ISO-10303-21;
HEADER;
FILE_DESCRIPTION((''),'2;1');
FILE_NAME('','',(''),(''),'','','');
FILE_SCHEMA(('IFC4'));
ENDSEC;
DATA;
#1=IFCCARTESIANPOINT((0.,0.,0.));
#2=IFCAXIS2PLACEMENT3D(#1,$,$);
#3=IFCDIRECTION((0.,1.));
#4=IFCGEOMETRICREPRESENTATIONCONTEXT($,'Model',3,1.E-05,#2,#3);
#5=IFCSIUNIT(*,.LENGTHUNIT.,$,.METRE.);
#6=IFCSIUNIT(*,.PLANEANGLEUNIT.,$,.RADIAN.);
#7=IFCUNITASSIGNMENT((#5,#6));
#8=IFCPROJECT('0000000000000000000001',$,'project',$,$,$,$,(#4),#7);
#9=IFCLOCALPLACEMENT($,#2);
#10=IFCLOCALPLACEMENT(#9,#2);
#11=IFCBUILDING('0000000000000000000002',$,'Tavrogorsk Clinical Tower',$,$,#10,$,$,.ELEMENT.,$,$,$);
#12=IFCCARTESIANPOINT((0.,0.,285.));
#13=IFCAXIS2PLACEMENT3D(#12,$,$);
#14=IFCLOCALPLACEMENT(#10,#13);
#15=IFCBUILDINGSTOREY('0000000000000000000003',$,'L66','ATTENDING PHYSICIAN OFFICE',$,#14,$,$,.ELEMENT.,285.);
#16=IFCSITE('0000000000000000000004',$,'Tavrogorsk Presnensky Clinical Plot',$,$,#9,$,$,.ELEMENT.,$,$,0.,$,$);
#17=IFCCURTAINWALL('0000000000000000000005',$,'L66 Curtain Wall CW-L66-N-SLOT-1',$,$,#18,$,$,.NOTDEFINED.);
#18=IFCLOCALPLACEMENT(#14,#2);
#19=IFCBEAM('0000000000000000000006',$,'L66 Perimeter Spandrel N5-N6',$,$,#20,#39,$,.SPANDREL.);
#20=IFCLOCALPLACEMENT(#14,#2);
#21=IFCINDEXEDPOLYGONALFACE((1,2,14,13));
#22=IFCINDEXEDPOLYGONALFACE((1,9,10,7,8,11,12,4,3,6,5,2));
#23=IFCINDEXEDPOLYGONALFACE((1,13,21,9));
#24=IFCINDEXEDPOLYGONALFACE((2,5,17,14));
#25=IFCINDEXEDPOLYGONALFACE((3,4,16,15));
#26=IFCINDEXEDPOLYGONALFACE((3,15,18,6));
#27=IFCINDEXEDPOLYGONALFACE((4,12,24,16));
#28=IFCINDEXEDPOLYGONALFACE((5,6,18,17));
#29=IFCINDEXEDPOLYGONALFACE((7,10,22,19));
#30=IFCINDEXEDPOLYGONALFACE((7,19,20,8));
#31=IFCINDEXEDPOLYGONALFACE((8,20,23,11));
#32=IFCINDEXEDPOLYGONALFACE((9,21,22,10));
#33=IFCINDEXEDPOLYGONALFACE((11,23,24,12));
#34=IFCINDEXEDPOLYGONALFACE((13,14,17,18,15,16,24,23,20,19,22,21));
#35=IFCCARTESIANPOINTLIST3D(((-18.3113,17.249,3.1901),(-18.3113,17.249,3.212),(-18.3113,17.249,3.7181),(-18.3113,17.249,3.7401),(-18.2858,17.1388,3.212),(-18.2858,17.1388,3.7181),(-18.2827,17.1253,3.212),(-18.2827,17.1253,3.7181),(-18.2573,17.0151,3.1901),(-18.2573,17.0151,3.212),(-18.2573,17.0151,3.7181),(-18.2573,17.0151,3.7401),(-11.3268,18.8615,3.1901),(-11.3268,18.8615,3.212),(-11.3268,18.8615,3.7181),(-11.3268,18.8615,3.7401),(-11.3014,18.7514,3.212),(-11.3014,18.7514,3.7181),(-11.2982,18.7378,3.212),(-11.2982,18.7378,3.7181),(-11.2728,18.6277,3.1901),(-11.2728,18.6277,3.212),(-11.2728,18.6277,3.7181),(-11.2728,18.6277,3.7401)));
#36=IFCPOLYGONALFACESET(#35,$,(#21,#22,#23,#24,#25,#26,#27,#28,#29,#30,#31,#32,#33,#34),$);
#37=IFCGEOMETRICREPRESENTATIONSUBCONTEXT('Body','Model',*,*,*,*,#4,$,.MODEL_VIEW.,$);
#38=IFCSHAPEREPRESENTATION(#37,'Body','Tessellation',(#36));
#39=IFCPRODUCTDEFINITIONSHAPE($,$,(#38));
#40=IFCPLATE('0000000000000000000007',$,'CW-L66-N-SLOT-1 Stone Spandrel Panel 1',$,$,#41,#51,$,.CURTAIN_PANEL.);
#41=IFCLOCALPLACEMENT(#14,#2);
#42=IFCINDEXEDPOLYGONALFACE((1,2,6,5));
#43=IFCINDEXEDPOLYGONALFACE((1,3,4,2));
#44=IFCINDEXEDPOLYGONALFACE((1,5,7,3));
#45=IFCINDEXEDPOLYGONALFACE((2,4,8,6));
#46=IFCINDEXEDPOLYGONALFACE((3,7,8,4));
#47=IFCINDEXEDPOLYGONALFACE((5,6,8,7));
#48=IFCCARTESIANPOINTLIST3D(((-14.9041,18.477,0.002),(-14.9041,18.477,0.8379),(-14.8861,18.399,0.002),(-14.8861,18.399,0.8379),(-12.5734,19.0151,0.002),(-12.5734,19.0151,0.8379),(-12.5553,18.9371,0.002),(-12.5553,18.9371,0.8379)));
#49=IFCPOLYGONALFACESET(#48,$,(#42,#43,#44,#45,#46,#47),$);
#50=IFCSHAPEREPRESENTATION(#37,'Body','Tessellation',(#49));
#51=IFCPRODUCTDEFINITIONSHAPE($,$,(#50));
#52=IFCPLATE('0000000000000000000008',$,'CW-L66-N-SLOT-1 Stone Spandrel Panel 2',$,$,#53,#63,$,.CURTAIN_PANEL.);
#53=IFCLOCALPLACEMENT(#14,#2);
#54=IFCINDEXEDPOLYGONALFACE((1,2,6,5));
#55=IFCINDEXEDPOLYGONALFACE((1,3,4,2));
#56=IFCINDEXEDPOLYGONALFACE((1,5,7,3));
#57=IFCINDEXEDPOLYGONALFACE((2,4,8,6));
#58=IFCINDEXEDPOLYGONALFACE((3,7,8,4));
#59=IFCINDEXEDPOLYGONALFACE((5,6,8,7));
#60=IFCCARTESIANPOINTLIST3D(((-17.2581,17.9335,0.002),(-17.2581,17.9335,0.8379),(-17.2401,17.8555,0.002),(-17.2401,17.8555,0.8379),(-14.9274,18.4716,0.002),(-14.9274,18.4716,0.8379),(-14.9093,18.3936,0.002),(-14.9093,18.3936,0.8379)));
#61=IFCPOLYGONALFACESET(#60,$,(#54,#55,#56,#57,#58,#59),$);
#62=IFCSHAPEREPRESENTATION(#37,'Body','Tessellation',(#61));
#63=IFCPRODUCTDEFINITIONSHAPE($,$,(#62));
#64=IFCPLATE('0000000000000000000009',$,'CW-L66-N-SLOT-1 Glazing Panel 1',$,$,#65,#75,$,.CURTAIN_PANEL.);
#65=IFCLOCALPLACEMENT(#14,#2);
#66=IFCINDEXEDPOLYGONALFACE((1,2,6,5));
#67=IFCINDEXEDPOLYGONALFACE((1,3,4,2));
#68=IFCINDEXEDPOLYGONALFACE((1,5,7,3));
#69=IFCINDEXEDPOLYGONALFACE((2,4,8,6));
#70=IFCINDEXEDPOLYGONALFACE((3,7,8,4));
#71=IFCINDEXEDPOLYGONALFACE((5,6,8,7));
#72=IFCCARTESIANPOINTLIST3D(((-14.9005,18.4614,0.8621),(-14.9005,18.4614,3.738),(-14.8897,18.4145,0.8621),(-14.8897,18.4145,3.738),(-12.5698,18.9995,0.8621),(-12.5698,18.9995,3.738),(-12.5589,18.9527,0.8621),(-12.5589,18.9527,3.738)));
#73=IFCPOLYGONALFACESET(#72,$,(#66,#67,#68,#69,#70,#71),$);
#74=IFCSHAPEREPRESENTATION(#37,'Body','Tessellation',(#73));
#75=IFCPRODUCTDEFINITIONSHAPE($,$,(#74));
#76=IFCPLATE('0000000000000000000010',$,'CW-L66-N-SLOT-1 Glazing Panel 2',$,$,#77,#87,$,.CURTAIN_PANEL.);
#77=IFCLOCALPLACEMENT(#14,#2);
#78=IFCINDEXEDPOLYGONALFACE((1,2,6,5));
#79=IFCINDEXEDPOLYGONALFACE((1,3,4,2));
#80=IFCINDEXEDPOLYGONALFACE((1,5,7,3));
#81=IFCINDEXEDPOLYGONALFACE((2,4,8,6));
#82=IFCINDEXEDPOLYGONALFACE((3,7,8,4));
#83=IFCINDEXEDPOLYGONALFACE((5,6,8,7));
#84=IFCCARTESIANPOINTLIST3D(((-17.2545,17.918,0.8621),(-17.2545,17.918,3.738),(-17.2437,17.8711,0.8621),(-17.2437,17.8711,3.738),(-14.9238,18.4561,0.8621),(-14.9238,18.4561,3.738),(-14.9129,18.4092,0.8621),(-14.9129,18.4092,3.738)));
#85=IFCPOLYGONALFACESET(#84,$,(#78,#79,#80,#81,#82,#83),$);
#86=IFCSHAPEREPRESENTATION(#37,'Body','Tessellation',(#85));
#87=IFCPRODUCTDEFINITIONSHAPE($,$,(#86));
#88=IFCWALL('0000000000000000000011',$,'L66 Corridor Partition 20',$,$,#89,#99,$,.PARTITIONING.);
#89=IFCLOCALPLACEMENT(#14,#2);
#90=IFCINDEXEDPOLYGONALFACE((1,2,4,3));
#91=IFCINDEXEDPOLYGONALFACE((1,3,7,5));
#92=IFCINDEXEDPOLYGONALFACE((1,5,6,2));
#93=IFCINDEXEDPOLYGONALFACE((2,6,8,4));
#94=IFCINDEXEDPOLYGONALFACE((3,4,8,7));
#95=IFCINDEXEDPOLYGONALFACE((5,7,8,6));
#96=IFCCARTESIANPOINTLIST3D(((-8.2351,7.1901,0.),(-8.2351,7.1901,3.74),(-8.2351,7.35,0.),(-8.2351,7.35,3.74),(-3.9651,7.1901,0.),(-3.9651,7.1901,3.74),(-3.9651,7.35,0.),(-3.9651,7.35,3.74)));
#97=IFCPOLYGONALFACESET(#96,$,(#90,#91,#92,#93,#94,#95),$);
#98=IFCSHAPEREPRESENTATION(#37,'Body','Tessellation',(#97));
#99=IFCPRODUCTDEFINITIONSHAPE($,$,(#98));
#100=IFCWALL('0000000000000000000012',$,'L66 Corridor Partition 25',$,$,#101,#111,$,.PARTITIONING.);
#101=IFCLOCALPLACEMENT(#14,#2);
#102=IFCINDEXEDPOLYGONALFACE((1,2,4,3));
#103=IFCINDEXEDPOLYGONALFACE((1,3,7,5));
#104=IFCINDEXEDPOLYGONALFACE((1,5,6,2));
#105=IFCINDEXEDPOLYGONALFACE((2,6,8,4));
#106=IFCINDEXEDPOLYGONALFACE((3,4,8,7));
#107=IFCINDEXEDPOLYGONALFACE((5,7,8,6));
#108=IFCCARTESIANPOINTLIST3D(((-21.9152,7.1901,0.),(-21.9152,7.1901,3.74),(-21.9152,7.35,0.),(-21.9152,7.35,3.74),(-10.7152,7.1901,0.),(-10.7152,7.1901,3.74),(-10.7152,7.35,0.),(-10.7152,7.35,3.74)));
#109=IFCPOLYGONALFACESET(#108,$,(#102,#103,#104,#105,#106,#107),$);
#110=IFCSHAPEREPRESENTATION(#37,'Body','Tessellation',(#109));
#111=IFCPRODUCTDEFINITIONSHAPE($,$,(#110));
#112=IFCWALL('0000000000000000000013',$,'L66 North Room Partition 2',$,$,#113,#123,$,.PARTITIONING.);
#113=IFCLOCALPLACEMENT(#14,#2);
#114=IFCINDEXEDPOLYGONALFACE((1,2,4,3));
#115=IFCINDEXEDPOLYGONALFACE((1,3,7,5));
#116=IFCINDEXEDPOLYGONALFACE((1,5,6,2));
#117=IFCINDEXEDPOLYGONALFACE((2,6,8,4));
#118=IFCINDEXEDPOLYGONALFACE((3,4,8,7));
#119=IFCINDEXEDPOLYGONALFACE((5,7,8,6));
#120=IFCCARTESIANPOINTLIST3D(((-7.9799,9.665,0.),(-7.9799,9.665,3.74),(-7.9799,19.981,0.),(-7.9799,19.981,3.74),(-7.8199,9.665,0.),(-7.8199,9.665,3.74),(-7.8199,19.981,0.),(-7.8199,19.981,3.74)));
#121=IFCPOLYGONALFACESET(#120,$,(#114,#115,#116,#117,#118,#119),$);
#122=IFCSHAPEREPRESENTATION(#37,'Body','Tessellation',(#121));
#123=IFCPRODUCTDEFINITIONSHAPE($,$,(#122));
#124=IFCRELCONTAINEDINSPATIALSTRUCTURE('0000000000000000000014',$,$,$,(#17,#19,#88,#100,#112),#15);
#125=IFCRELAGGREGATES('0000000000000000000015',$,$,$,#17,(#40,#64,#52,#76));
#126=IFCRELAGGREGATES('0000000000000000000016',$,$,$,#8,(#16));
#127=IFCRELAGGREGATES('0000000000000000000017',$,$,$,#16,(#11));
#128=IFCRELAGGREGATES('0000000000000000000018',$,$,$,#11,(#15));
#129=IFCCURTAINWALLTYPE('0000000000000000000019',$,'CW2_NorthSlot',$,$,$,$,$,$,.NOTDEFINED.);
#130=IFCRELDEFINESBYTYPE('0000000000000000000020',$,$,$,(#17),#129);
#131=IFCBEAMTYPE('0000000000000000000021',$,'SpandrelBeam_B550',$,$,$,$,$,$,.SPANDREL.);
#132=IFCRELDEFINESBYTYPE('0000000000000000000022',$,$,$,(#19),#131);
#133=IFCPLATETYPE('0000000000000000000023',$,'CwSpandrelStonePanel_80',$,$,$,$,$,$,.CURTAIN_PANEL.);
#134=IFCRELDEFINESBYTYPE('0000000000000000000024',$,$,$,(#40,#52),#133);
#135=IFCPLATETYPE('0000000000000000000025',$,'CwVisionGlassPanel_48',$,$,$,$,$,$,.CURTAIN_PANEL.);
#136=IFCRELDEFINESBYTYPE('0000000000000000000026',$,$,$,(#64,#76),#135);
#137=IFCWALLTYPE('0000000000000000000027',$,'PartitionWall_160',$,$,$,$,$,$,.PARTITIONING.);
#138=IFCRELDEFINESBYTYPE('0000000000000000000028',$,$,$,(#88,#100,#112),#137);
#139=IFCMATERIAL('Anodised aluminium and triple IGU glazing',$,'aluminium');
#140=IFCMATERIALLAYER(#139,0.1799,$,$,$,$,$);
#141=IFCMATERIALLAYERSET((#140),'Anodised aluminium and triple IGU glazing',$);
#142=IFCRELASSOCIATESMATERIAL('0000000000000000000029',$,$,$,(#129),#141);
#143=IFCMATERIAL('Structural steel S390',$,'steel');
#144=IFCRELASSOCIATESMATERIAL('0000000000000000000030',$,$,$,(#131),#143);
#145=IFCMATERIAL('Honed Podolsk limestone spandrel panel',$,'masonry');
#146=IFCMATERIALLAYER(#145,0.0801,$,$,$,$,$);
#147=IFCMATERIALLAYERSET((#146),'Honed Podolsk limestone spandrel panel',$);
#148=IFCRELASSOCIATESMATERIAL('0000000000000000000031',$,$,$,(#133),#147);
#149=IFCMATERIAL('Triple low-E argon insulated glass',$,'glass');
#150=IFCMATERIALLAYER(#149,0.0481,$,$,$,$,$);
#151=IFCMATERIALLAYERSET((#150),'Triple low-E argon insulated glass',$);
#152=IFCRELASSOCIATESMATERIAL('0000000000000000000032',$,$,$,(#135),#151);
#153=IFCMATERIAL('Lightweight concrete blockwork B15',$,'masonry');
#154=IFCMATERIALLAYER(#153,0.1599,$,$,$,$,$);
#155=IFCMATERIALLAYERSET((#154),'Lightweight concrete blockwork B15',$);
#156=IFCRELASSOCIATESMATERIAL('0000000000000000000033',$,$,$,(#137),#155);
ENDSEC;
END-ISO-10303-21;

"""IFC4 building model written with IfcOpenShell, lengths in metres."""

from ifc_helpers import new_model, si_unit, direction, frame, frame_2d, origin, origin_2d, place, context, subcontext, project, spatial, rectangle, i_section, extrude, material, layer, layer_set, material_profile, profile_set, type_object, element, aggregate, save


model = new_model("IFC4")

# Units and contexts
model_context = context("Model", 3, precision=1e-05, world=origin(), true_north=direction((0.0, 1.0)))
body_context = subcontext(model_context, "Body", "Model", "MODEL_VIEW")
ifc_project = project(units=[si_unit("LENGTHUNIT", "METRE"), si_unit("PLANEANGLEUNIT", "RADIAN")], contexts=[model_context])

# Site, building, storey
site_placement = place(None, origin())
site = spatial("IfcSite", under=ifc_project, at=site_placement, Name="Tavrogorsk Presnensky Clinical Plot", CompositionType="ELEMENT", RefElevation=0.0)
building_placement = place(site_placement, origin())
building = spatial("IfcBuilding", under=site, at=building_placement, Name="Tavrogorsk Clinical Tower", CompositionType="ELEMENT")
storey_placement = place(building_placement, frame((0.0, 0.0, 285.0)))
storey = spatial("IfcBuildingStorey", under=building, at=storey_placement, Name="L66", Description="ATTENDING PHYSICIAN OFFICE", CompositionType="ELEMENT", Elevation=285.0)

# Curtain wall
ifc_material_1 = material(Name="Anodised aluminium and triple IGU glazing", Category="aluminium")
ifc_layer_1 = layer(ifc_material_1, 0.1799)
ifc_layer_set_1 = layer_set([ifc_layer_1], Name="Anodised aluminium and triple IGU glazing")
curtain_wall_type = type_object("IfcCurtainWallType", Name="CW2_NorthSlot", PredefinedType="NOTDEFINED", material=ifc_layer_set_1)
curtain_wall_placement = place(storey_placement, origin())
curtain_wall = element("IfcCurtainWall", 1, at=curtain_wall_placement, inside=storey, type_object=curtain_wall_type, Name="L66 Curtain Wall CW-L66-N-SLOT-1", PredefinedType="NOTDEFINED")

# Beam
ifc_material_2 = material(Name="Structural steel S390", Category="steel")
ifc_material_profile_1 = material_profile(ifc_material_2, i_section(OverallWidth=0.24, OverallDepth=0.55, WebThickness=0.0139, FlangeThickness=0.022, at=origin_2d()), Name="B-550x240x14x22")
ifc_profile_set_1 = profile_set([ifc_material_profile_1], Name="Structural steel S390")
beam_type = type_object("IfcBeamType", Name="SpandrelBeam_B550", PredefinedType="SPANDREL", material=ifc_profile_set_1)
for number, where, z_axis, x_axis, name in (
    (2, (-11.2998, 18.7446, 3.4651), (-0.974368, -0.224961, 0.0), (0.224961, -0.974368, 0.0), "L66 Perimeter Spandrel N5-N6"),
):
    element("IfcBeam", number, at=place(storey_placement, frame(where, z_axis=z_axis, x_axis=x_axis)), inside=storey, type_object=beam_type, Name=name, PredefinedType="SPANDREL", context=body_context, shape_type="SweptSolid", body=[
        extrude(i_section(OverallWidth=0.24, OverallDepth=0.55, WebThickness=0.0139, FlangeThickness=0.022, at=origin_2d()), origin(), (0.0, 0.0, 1.0), 7.1682),
    ])

# Plates
ifc_material_3 = material(Name="Honed Podolsk limestone spandrel panel", Category="masonry")
ifc_layer_2 = layer(ifc_material_3, 0.0801)
ifc_layer_set_2 = layer_set([ifc_layer_2], Name="Honed Podolsk limestone spandrel panel")
plate_type_1 = type_object("IfcPlateType", Name="CwSpandrelStonePanel_80", PredefinedType="CURTAIN_PANEL", material=ifc_layer_set_2)
plate_1_placement = place(storey_placement, frame((-13.7297, 18.707, 0.002), z_axis=(0.0, 0.0, 1.0), x_axis=(-0.97437, -0.224951, 0.0)))
plate_1 = element("IfcPlate", 3, at=plate_1_placement, type_object=plate_type_1, Name="CW-L66-N-SLOT-1 Stone Spandrel Panel 1", PredefinedType="CURTAIN_PANEL", context=body_context, shape_type="SweptSolid", body=[
    extrude(rectangle(XDim=2.3921, YDim=0.0801, at=origin_2d()), origin(), (0.0, 0.0, 1.0), 0.8359),
])
plate_2_placement = place(storey_placement, frame((-16.0837, 18.1636, 0.002), z_axis=(0.0, 0.0, 1.0), x_axis=(-0.97437, -0.224951, 0.0)))
plate_2 = element("IfcPlate", 4, at=plate_2_placement, type_object=plate_type_1, Name="CW-L66-N-SLOT-1 Stone Spandrel Panel 2", PredefinedType="CURTAIN_PANEL", context=body_context, shape_type="SweptSolid", body=[
    extrude(rectangle(XDim=2.3921, YDim=0.0801, at=origin_2d()), origin(), (0.0, 0.0, 1.0), 0.8359),
])
ifc_material_4 = material(Name="Triple low-E argon insulated glass", Category="glass")
ifc_layer_3 = layer(ifc_material_4, 0.0481)
ifc_layer_set_3 = layer_set([ifc_layer_3], Name="Triple low-E argon insulated glass")
plate_type_2 = type_object("IfcPlateType", Name="CwVisionGlassPanel_48", PredefinedType="CURTAIN_PANEL", material=ifc_layer_set_3)
plate_3_placement = place(storey_placement, frame((-13.7297, 18.707, 0.8621), z_axis=(0.0, 0.0, 1.0), x_axis=(-0.97437, -0.224951, 0.0)))
plate_3 = element("IfcPlate", 5, at=plate_3_placement, type_object=plate_type_2, Name="CW-L66-N-SLOT-1 Glazing Panel 1", PredefinedType="CURTAIN_PANEL", context=body_context, shape_type="SweptSolid", body=[
    extrude(rectangle(XDim=2.3921, YDim=0.0481, at=origin_2d()), origin(), (0.0, 0.0, 1.0), 2.876),
])
plate_4_placement = place(storey_placement, frame((-16.0837, 18.1636, 0.8621), z_axis=(0.0, 0.0, 1.0), x_axis=(-0.97437, -0.224951, 0.0)))
plate_4 = element("IfcPlate", 6, at=plate_4_placement, type_object=plate_type_2, Name="CW-L66-N-SLOT-1 Glazing Panel 2", PredefinedType="CURTAIN_PANEL", context=body_context, shape_type="SweptSolid", body=[
    extrude(rectangle(XDim=2.3921, YDim=0.0481, at=origin_2d()), origin(), (0.0, 0.0, 1.0), 2.876),
])
aggregate(curtain_wall, [plate_1, plate_3, plate_2, plate_4])

# Walls
ifc_material_5 = material(Name="Lightweight concrete blockwork B15", Category="masonry")
ifc_layer_4 = layer(ifc_material_5, 0.1599)
ifc_layer_set_4 = layer_set([ifc_layer_4], Name="Lightweight concrete blockwork B15")
wall_type_1 = type_object("IfcWallType", Name="PartitionWall_160", PredefinedType="PARTITIONING", material=ifc_layer_set_4)
wall_1_placement = place(storey_placement, frame((-3.9651, 7.27, 0.0), z_axis=(0.0, 0.0, 1.0), x_axis=(-1.0, 0.0, 0.0)))
element("IfcWall", 7, at=wall_1_placement, inside=storey, type_object=wall_type_1, Name="L66 Corridor Partition 20", PredefinedType="PARTITIONING", context=body_context, shape_type="SweptSolid", body=[
    extrude(rectangle(XDim=4.27, YDim=0.1599, at=frame_2d((2.135, 0.0))), origin(), (0.0, 0.0, 1.0), 3.74),
])
wall_2_placement = place(storey_placement, frame((-10.7151, 7.27, 0.0), z_axis=(0.0, 0.0, 1.0), x_axis=(-1.0, 0.0, 0.0)))
element("IfcWall", 8, at=wall_2_placement, inside=storey, type_object=wall_type_1, Name="L66 Corridor Partition 25", PredefinedType="PARTITIONING", context=body_context, shape_type="SweptSolid", body=[
    extrude(rectangle(XDim=11.2, YDim=0.1599, at=frame_2d((5.6001, 0.0))), origin(), (0.0, 0.0, 1.0), 3.74),
])
wall_3_placement = place(storey_placement, frame((-7.8999, 9.665, 0.0), z_axis=(0.0, 0.0, 1.0), x_axis=(0.0, 1.0, 0.0)))
element("IfcWall", 9, at=wall_3_placement, inside=storey, type_object=wall_type_1, Name="L66 North Room Partition 2", PredefinedType="PARTITIONING", context=body_context, shape_type="SweptSolid", body=[
    extrude(rectangle(XDim=10.3159, YDim=0.1599, at=frame_2d((5.158, 0.0))), origin(), (0.0, 0.0, 1.0), 3.74),
])

save(model, "model.ifc")
